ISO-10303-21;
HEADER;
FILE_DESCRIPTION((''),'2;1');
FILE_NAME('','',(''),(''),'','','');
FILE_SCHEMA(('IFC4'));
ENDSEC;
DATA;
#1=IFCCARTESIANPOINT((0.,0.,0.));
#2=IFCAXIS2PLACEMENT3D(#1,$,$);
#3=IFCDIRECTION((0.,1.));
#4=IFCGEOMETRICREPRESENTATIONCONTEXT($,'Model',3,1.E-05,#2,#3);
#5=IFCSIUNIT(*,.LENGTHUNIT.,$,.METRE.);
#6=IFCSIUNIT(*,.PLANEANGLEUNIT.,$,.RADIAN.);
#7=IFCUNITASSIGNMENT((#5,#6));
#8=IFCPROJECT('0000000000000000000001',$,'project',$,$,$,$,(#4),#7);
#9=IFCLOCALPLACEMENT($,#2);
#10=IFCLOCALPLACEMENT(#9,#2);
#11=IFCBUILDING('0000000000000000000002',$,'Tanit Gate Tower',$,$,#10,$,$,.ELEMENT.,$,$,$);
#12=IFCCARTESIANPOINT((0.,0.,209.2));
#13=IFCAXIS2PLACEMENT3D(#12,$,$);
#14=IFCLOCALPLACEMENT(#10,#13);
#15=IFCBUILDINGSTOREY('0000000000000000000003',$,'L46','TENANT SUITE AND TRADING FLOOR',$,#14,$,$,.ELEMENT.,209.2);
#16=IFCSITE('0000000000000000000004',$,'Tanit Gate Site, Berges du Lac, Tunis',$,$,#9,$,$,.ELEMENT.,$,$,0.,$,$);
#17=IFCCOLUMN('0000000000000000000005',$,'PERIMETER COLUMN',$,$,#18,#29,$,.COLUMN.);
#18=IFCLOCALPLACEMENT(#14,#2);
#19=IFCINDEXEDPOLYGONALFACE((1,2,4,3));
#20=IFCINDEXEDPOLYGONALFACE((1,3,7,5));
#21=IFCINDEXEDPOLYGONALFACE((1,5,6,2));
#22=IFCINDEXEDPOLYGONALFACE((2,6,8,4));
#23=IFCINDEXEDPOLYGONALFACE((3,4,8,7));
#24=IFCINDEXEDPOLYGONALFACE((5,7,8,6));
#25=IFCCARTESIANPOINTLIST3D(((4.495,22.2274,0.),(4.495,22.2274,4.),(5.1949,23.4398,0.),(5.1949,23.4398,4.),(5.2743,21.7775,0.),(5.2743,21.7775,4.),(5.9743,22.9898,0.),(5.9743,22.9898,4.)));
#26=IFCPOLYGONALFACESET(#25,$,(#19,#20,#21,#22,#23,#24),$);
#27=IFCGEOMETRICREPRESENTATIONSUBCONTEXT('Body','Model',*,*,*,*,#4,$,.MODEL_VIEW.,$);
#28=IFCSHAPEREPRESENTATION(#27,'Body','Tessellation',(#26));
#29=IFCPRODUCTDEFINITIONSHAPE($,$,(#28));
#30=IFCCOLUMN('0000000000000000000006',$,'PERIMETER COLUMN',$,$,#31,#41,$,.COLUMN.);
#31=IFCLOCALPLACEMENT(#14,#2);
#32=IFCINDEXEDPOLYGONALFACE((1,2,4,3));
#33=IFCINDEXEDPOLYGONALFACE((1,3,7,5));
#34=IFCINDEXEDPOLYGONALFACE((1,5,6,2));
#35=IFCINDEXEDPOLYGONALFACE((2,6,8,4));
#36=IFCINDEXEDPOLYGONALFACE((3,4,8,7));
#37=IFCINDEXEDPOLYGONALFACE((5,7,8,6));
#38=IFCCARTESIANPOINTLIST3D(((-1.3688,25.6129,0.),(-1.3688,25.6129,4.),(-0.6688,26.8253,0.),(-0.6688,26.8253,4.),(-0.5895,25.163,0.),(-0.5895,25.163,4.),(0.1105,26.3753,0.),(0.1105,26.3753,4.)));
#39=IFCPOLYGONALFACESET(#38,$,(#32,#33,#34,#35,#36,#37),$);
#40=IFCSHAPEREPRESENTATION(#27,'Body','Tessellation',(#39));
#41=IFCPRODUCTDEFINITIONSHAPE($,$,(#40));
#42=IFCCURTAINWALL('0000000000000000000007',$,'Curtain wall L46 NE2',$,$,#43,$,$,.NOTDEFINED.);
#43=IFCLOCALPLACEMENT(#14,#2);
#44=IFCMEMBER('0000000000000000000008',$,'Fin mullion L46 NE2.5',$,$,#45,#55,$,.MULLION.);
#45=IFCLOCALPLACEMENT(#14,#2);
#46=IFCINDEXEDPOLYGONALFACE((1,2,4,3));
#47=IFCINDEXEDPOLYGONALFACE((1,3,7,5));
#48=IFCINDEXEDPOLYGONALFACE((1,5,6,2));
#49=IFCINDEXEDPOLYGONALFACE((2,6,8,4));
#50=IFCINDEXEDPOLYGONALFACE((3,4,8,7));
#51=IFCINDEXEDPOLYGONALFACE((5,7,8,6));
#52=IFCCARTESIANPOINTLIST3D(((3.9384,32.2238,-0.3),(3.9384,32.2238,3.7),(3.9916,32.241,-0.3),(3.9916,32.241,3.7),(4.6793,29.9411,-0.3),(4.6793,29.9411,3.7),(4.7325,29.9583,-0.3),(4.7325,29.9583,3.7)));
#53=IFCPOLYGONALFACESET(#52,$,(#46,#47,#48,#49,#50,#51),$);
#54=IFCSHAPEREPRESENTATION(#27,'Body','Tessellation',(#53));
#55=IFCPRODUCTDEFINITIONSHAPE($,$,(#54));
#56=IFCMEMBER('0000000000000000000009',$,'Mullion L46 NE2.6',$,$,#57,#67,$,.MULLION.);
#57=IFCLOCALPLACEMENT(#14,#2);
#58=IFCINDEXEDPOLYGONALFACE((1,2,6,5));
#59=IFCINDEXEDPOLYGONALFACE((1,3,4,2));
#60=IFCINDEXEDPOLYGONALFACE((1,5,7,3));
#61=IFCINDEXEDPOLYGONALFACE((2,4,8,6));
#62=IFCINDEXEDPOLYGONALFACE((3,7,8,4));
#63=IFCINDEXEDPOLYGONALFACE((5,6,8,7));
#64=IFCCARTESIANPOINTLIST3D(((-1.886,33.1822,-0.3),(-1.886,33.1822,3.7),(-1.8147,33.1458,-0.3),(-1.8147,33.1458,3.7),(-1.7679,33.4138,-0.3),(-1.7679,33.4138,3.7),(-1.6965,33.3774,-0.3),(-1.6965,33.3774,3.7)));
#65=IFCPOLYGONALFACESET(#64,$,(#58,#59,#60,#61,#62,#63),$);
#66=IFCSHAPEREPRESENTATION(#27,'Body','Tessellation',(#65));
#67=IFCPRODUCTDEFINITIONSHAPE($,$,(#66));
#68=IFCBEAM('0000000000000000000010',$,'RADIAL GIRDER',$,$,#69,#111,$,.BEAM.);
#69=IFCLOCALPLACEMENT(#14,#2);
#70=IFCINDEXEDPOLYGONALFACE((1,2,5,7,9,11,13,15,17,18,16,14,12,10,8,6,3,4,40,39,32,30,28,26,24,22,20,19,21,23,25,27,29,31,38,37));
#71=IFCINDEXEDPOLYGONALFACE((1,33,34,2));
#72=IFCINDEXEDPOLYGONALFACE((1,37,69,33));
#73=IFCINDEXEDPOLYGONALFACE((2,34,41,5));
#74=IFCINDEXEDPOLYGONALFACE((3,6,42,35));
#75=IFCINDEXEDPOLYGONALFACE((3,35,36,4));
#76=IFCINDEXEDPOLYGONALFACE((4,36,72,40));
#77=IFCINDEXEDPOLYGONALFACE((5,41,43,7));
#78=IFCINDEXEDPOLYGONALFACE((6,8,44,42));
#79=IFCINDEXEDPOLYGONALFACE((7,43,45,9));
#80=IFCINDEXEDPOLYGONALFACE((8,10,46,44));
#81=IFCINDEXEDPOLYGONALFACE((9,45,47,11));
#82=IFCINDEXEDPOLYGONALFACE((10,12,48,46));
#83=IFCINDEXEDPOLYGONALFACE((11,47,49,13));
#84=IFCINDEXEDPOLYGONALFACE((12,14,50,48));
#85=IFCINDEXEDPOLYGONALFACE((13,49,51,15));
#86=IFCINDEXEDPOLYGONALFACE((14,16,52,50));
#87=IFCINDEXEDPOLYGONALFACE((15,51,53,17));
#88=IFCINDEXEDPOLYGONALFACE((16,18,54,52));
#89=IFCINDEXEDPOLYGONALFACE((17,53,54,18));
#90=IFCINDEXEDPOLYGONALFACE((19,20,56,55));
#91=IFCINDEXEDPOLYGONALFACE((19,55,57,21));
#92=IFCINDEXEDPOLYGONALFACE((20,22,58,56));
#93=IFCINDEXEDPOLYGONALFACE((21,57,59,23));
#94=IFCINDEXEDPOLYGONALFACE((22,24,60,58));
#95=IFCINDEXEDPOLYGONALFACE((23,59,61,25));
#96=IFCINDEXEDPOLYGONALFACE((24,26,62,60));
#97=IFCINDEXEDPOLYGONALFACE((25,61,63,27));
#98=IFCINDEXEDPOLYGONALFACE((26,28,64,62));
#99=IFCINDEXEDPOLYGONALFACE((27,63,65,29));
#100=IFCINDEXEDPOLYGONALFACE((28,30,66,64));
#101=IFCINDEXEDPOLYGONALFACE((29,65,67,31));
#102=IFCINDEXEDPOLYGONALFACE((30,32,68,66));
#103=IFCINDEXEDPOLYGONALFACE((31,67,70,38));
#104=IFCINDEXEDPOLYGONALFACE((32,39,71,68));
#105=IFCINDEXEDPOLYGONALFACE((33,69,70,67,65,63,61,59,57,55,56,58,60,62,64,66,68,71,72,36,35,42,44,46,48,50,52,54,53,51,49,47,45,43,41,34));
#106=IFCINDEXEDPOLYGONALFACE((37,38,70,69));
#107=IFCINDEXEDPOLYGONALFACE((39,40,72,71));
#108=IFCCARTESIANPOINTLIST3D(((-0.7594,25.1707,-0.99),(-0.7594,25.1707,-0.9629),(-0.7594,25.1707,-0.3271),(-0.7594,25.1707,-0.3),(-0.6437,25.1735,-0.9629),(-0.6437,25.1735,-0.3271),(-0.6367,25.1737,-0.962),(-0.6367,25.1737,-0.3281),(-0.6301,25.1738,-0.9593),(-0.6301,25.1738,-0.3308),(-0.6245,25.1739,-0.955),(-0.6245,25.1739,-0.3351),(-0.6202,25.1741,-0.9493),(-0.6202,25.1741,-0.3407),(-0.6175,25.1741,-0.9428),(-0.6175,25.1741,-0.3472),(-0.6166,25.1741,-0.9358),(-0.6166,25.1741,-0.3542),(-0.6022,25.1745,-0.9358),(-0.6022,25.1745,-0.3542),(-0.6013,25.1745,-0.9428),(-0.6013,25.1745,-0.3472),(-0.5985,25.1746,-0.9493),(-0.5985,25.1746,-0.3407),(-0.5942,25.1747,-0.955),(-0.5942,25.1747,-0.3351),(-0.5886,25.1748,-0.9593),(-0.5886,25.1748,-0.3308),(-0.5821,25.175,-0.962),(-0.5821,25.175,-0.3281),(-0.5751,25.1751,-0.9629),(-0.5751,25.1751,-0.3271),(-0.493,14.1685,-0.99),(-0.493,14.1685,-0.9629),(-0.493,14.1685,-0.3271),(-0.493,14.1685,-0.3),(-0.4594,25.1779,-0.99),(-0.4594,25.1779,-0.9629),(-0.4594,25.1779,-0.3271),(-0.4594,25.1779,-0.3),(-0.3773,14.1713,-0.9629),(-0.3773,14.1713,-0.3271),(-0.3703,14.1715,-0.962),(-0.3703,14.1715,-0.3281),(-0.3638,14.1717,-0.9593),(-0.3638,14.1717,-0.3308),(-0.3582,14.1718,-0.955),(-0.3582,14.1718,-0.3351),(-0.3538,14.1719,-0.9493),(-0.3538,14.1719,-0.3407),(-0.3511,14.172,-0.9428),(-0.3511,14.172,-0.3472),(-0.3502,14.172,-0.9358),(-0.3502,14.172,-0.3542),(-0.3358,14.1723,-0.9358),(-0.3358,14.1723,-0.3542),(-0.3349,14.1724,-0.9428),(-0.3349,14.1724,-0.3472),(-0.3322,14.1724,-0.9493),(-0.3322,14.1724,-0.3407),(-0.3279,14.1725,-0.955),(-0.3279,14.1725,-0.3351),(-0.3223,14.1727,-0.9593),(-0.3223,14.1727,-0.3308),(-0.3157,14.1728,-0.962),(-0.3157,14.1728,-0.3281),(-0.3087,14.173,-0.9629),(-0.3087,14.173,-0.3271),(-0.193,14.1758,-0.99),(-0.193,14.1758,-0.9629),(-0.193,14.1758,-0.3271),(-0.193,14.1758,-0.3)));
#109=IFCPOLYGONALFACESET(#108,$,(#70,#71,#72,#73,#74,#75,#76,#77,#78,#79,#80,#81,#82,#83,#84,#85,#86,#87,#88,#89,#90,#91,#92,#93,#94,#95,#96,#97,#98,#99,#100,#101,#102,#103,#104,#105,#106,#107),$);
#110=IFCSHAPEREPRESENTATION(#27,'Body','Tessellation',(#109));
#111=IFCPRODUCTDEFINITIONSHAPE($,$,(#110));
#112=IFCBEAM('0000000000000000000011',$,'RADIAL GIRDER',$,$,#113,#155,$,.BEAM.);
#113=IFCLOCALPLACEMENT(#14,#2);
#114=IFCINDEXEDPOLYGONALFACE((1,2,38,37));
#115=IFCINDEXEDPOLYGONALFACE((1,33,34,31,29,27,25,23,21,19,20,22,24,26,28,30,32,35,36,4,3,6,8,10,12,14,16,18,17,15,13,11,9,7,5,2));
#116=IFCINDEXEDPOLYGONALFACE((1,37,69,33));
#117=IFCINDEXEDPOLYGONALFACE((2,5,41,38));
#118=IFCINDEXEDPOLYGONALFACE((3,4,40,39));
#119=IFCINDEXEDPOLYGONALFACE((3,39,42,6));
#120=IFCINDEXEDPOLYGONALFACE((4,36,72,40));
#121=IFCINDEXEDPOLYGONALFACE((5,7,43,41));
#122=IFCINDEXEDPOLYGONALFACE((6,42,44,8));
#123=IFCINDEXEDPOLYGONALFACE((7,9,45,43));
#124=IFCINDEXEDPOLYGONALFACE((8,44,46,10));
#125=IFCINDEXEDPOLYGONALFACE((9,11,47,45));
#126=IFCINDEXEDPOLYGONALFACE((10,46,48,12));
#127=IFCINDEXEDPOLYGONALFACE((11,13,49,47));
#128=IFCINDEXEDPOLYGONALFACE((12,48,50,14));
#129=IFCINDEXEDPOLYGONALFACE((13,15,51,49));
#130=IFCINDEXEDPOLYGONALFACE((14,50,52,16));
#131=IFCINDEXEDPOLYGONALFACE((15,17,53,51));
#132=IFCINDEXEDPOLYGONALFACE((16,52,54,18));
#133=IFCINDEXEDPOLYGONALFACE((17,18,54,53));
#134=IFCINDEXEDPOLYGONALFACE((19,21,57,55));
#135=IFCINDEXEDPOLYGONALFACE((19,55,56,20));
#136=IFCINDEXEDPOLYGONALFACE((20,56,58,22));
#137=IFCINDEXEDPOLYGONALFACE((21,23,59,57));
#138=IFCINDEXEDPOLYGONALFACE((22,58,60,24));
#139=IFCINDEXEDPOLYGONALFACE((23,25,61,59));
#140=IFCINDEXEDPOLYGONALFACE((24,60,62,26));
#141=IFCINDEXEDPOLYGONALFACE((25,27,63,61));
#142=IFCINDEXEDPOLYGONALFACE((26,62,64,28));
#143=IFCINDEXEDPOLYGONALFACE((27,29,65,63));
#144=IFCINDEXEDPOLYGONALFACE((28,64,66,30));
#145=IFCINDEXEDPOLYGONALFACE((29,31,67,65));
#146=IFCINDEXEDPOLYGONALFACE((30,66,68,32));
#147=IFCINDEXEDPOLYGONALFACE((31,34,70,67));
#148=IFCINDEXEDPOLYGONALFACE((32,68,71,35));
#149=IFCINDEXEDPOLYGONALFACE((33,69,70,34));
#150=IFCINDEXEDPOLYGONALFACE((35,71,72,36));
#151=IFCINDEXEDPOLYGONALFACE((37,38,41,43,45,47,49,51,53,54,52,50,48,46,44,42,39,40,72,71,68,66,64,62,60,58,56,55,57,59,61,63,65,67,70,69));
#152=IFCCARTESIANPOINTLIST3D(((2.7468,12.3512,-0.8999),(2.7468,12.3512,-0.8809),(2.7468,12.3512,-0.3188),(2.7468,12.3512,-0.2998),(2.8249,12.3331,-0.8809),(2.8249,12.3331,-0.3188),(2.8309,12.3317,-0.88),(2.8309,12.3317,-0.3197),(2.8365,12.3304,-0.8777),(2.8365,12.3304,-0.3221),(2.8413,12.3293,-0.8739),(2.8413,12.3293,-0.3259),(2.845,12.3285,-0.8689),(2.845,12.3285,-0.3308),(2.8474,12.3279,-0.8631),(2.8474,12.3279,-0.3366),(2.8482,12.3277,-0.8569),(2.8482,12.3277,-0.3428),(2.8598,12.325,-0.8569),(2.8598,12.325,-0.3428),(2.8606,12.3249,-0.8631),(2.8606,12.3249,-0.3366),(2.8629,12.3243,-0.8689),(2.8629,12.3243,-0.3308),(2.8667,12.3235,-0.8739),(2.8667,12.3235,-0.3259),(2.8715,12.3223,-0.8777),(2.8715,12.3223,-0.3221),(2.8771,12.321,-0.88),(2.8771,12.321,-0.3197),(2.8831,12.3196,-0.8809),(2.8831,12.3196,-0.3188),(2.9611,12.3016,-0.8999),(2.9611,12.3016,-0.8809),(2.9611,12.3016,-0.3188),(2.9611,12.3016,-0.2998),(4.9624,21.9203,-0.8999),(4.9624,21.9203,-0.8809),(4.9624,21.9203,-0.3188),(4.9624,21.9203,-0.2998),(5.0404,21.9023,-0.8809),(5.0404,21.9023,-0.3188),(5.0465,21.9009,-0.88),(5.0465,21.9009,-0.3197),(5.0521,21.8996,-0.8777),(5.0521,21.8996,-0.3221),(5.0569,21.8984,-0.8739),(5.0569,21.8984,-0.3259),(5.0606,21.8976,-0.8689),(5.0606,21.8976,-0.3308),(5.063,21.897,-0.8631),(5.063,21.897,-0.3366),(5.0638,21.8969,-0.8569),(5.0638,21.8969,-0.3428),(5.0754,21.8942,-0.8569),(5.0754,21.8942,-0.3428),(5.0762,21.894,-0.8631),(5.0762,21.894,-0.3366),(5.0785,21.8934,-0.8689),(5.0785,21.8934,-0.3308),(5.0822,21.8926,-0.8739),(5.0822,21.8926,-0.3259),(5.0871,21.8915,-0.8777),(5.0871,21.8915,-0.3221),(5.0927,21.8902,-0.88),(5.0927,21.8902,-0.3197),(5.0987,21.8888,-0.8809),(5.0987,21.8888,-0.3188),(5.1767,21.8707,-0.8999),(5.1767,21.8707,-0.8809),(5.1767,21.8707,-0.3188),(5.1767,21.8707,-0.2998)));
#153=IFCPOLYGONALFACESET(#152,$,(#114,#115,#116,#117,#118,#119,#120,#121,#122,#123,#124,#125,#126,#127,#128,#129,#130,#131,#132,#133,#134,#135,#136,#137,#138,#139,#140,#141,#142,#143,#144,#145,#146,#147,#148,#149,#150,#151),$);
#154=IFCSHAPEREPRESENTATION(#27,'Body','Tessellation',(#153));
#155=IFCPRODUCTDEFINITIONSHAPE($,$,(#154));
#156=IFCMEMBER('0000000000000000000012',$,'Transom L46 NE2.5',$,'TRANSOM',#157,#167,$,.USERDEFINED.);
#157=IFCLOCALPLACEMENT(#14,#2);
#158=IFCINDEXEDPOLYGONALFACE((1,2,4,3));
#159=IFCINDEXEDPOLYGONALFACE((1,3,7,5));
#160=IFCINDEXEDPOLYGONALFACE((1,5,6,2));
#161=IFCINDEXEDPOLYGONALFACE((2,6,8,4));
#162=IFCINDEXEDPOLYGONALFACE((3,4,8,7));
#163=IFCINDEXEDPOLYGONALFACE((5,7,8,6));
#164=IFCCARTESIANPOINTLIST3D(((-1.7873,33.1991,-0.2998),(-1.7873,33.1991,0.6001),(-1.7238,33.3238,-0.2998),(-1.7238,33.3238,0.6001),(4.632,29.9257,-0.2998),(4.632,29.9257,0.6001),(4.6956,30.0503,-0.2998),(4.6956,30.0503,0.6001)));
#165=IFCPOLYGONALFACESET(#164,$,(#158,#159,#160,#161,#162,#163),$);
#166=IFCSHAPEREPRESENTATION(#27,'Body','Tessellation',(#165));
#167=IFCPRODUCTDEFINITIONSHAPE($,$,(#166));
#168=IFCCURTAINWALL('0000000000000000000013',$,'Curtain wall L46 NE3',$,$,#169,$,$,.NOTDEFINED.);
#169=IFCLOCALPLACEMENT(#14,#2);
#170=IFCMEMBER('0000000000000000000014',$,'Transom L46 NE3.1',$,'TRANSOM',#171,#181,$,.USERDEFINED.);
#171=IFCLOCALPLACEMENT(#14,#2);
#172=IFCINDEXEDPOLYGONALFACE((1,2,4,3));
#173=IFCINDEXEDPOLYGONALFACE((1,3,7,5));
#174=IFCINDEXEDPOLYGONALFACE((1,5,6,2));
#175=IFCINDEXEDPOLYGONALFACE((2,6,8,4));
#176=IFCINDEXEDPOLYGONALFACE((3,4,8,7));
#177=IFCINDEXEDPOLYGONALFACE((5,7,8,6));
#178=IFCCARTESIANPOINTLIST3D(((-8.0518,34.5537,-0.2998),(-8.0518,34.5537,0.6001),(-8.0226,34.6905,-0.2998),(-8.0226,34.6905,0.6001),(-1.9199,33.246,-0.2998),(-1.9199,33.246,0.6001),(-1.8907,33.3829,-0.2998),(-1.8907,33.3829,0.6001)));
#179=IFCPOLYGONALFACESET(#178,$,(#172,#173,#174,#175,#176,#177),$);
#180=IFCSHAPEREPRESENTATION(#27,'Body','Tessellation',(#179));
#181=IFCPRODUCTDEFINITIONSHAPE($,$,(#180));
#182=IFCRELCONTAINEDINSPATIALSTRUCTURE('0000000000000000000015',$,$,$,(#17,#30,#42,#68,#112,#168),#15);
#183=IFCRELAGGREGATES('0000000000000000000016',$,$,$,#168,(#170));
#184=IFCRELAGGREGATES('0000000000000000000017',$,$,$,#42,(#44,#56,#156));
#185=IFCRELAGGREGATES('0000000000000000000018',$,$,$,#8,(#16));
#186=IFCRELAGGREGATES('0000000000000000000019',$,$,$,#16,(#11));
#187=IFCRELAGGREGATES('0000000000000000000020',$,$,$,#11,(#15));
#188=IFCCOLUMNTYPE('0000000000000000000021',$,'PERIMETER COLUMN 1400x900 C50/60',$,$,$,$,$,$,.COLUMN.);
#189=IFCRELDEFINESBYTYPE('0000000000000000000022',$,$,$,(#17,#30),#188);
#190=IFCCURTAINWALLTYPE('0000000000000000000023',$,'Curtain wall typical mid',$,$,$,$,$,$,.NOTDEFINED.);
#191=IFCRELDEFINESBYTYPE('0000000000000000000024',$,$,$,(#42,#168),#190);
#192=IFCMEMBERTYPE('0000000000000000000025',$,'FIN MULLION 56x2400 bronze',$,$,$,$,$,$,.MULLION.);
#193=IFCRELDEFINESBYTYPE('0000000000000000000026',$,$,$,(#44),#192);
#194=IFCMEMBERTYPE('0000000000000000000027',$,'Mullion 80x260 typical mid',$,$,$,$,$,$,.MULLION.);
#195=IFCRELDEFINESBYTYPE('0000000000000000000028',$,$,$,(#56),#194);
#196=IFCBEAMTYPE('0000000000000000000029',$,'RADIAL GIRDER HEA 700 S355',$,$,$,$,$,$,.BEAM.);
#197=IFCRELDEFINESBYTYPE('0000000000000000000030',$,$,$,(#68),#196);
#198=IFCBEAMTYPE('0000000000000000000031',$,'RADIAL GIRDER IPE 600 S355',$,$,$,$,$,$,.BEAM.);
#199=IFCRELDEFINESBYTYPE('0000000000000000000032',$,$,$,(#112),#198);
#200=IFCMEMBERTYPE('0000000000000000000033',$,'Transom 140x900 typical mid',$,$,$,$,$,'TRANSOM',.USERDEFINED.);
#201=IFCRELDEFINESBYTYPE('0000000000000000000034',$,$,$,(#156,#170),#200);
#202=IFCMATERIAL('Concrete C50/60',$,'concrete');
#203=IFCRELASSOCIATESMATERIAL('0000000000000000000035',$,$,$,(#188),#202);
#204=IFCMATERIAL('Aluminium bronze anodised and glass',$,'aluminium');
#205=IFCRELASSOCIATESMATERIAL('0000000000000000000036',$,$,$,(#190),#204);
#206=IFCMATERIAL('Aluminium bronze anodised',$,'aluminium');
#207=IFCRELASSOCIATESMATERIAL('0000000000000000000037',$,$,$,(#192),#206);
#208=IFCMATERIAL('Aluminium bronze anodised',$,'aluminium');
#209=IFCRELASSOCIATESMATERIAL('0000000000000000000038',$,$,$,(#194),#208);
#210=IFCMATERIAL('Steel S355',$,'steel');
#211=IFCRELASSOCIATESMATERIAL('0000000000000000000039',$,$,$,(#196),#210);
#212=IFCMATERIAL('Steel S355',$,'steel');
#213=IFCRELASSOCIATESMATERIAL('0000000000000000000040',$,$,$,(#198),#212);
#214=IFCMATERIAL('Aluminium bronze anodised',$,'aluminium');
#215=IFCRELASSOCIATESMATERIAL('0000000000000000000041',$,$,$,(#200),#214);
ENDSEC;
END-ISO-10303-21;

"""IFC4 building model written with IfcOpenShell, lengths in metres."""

from ifc_helpers import new_model, si_unit, direction, frame, origin, origin_2d, place, context, subcontext, project, spatial, rectangle, i_section, extrude, material, material_profile, profile_set, type_object, element, aggregate, save


model = new_model("IFC4")

# Units and contexts
model_context = context("Model", 3, precision=1e-05, world=origin(), true_north=direction((0.0, 1.0)))
body_context = subcontext(model_context, "Body", "Model", "MODEL_VIEW")
ifc_project = project(units=[si_unit("LENGTHUNIT", "METRE"), si_unit("PLANEANGLEUNIT", "RADIAN")], contexts=[model_context])

# Site, building, storey
site_placement = place(None, origin())
site = spatial("IfcSite", under=ifc_project, at=site_placement, Name="Tanit Gate Site, Berges du Lac, Tunis", CompositionType="ELEMENT", RefElevation=0.0)
building_placement = place(site_placement, origin())
building = spatial("IfcBuilding", under=site, at=building_placement, Name="Tanit Gate Tower", CompositionType="ELEMENT")
storey_placement = place(building_placement, frame((0.0, 0.0, 209.2)))
storey = spatial("IfcBuildingStorey", under=building, at=storey_placement, Name="L46", Description="TENANT SUITE AND TRADING FLOOR", CompositionType="ELEMENT", Elevation=209.2)

# Columns
ifc_material_1 = material(Name="Concrete C50/60", Category="concrete")
ifc_material_profile_1 = material_profile(ifc_material_1, rectangle(XDim=1.3999, YDim=0.8999, at=origin_2d()), Name="RC 1400x900")
ifc_profile_set_1 = profile_set([ifc_material_profile_1], Name="Concrete C50/60")
column_type = type_object("IfcColumnType", Name="PERIMETER COLUMN 1400x900 C50/60", PredefinedType="COLUMN", material=ifc_profile_set_1)
for number, where, z_axis, x_axis, name in (
    (1, (5.2346, 22.6086, 0.0), (0.0, 0.0, 1.0), (0.5, 0.866025, 0.0), "PERIMETER COLUMN"),
    (2, (-0.6292, 25.9941, 0.0), (0.0, 0.0, 1.0), (0.5, 0.866025, 0.0), "PERIMETER COLUMN"),
):
    element("IfcColumn", number, at=place(storey_placement, frame(where, z_axis=z_axis, x_axis=x_axis)), inside=storey, type_object=column_type, Name=name, PredefinedType="COLUMN", context=body_context, shape_type="SweptSolid", body=[
        extrude(rectangle(XDim=1.3999, YDim=0.8999, at=origin_2d()), origin(), (0.0, 0.0, 1.0), 4.0),
    ])

# Curtain wall, members
ifc_material_2 = material(Name="Aluminium bronze anodised and glass", Category="aluminium")
curtain_wall_type = type_object("IfcCurtainWallType", Name="Curtain wall typical mid", PredefinedType="NOTDEFINED", material=ifc_material_2)
curtain_wall_1_placement = place(storey_placement, origin())
curtain_wall_1 = element("IfcCurtainWall", 3, at=curtain_wall_1_placement, inside=storey, type_object=curtain_wall_type, Name="Curtain wall L46 NE2", PredefinedType="NOTDEFINED")
ifc_material_3 = material(Name="Aluminium bronze anodised", Category="aluminium")
ifc_material_profile_2 = material_profile(ifc_material_3, rectangle(XDim=2.3999, YDim=0.0559, at=origin_2d()), Name="56x2400 bronze fin mullion")
ifc_profile_set_2 = profile_set([ifc_material_profile_2], Name="Aluminium bronze anodised")
member_type_1 = type_object("IfcMemberType", Name="FIN MULLION 56x2400 bronze", PredefinedType="MULLION", material=ifc_profile_set_2)
member_1_placement = place(storey_placement, frame((4.3354, 31.0911, -0.3), z_axis=(0.0, 0.0, 1.0), x_axis=(0.3087, -0.95116, 0.0)))
member_1 = element("IfcMember", 4, at=member_1_placement, type_object=member_type_1, Name="Fin mullion L46 NE2.5", PredefinedType="MULLION", context=body_context, shape_type="SweptSolid", body=[
    extrude(rectangle(XDim=2.3999, YDim=0.0559, at=origin_2d()), origin(), (0.0, 0.0, 1.0), 4.0),
])
ifc_material_4 = material(Name="Aluminium bronze anodised", Category="aluminium")
ifc_material_profile_3 = material_profile(ifc_material_4, rectangle(XDim=0.26, YDim=0.0801, at=origin_2d()), Name="80x260 bronze mullion")
ifc_profile_set_3 = profile_set([ifc_material_profile_3], Name="Aluminium bronze anodised")
member_type_2 = type_object("IfcMemberType", Name="Mullion 80x260 typical mid", PredefinedType="MULLION", material=ifc_profile_set_3)
member_2_placement = place(storey_placement, frame((-1.7913, 33.2798, -0.3), z_axis=(0.0, 0.0, 1.0), x_axis=(-0.454288, -0.890855, 0.0)))
member_2 = element("IfcMember", 5, at=member_2_placement, type_object=member_type_2, Name="Mullion L46 NE2.6", PredefinedType="MULLION", context=body_context, shape_type="SweptSolid", body=[
    extrude(rectangle(XDim=0.26, YDim=0.0801, at=origin_2d()), origin(), (0.0, 0.0, 1.0), 4.0),
])

# Beams
ifc_material_5 = material(Name="Steel S355", Category="steel")
ifc_material_profile_4 = material_profile(ifc_material_5, i_section(OverallWidth=0.3, OverallDepth=0.6899, WebThickness=0.0144, FlangeThickness=0.0271, FilletRadius=0.0271, at=origin_2d()), Name="HEA 700")
ifc_profile_set_4 = profile_set([ifc_material_profile_4], Name="Steel S355")
beam_type_1 = type_object("IfcBeamType", Name="RADIAL GIRDER HEA 700 S355", PredefinedType="BEAM", material=ifc_profile_set_4)
beam_1_placement = place(storey_placement, frame((-0.6094, 25.1743, -0.645), z_axis=(0.024202, -0.999707, 0.0), x_axis=(0.999707, 0.024202, 0.0)))
element("IfcBeam", 6, at=beam_1_placement, inside=storey, type_object=beam_type_1, Name="RADIAL GIRDER", PredefinedType="BEAM", context=body_context, shape_type="SweptSolid", body=[
    extrude(i_section(OverallWidth=0.3, OverallDepth=0.6899, WebThickness=0.0144, FlangeThickness=0.0271, FilletRadius=0.0271, at=origin_2d()), origin(), (0.0, 0.0, 1.0), 11.0054),
])
ifc_material_6 = material(Name="Steel S355", Category="steel")
ifc_material_profile_5 = material_profile(ifc_material_6, i_section(OverallWidth=0.22, OverallDepth=0.6001, WebThickness=0.012, FlangeThickness=0.019, FilletRadius=0.0239, at=origin_2d()), Name="IPE 600")
ifc_profile_set_5 = profile_set([ifc_material_profile_5], Name="Steel S355")
beam_type_2 = type_object("IfcBeamType", Name="RADIAL GIRDER IPE 600 S355", PredefinedType="BEAM", material=ifc_profile_set_5)
beam_2_placement = place(storey_placement, frame((5.0696, 21.8955, -0.5999), z_axis=(-0.225567, -0.974228, 0.0), x_axis=(0.974228, -0.225567, 0.0)))
element("IfcBeam", 7, at=beam_2_placement, inside=storey, type_object=beam_type_2, Name="RADIAL GIRDER", PredefinedType="BEAM", context=body_context, shape_type="SweptSolid", body=[
    extrude(i_section(OverallWidth=0.22, OverallDepth=0.6001, WebThickness=0.012, FlangeThickness=0.019, FilletRadius=0.0239, at=origin_2d()), origin(), (0.0, 0.0, 1.0), 9.8223),
])

# Member
ifc_material_7 = material(Name="Aluminium bronze anodised", Category="aluminium")
ifc_material_profile_6 = material_profile(ifc_material_7, rectangle(XDim=0.1399, YDim=0.8999, at=origin_2d()), Name="140x900 bronze transom")
ifc_profile_set_6 = profile_set([ifc_material_profile_6], Name="Aluminium bronze anodised")
member_type_3 = type_object("IfcMemberType", Name="Transom 140x900 typical mid", ElementType="TRANSOM", PredefinedType="USERDEFINED", material=ifc_profile_set_6)
member_3_placement = place(storey_placement, frame((4.6638, 29.988, 0.1501), z_axis=(-0.890862, 0.454274, 0.0), x_axis=(-0.454274, -0.890862, 0.0)))
member_3 = element("IfcMember", 8, at=member_3_placement, type_object=member_type_3, Name="Transom L46 NE2.5", ObjectType="TRANSOM", PredefinedType="USERDEFINED", context=body_context, shape_type="SweptSolid", body=[
    extrude(rectangle(XDim=0.1399, YDim=0.8999, at=origin_2d()), origin(), (0.0, 0.0, 1.0), 7.2058),
])

# Curtain wall, member
curtain_wall_2_placement = place(storey_placement, origin())
curtain_wall_2 = element("IfcCurtainWall", 9, at=curtain_wall_2_placement, inside=storey, type_object=curtain_wall_type, Name="Curtain wall L46 NE3", PredefinedType="NOTDEFINED")
member_4_placement = place(storey_placement, frame((-1.9053, 33.3145, 0.1501), z_axis=(-0.978009, 0.208561, 0.0), x_axis=(-0.208561, -0.978009, 0.0)))
member_4 = element("IfcMember", 10, at=member_4_placement, type_object=member_type_3, Name="Transom L46 NE3.1", ObjectType="TRANSOM", PredefinedType="USERDEFINED", context=body_context, shape_type="SweptSolid", body=[
    extrude(rectangle(XDim=0.1399, YDim=0.8999, at=origin_2d()), origin(), (0.0, 0.0, 1.0), 6.2698),
])
aggregate(curtain_wall_2, [member_4])

aggregate(curtain_wall_1, [member_1, member_2, member_3])

save(model, "model.ifc")
